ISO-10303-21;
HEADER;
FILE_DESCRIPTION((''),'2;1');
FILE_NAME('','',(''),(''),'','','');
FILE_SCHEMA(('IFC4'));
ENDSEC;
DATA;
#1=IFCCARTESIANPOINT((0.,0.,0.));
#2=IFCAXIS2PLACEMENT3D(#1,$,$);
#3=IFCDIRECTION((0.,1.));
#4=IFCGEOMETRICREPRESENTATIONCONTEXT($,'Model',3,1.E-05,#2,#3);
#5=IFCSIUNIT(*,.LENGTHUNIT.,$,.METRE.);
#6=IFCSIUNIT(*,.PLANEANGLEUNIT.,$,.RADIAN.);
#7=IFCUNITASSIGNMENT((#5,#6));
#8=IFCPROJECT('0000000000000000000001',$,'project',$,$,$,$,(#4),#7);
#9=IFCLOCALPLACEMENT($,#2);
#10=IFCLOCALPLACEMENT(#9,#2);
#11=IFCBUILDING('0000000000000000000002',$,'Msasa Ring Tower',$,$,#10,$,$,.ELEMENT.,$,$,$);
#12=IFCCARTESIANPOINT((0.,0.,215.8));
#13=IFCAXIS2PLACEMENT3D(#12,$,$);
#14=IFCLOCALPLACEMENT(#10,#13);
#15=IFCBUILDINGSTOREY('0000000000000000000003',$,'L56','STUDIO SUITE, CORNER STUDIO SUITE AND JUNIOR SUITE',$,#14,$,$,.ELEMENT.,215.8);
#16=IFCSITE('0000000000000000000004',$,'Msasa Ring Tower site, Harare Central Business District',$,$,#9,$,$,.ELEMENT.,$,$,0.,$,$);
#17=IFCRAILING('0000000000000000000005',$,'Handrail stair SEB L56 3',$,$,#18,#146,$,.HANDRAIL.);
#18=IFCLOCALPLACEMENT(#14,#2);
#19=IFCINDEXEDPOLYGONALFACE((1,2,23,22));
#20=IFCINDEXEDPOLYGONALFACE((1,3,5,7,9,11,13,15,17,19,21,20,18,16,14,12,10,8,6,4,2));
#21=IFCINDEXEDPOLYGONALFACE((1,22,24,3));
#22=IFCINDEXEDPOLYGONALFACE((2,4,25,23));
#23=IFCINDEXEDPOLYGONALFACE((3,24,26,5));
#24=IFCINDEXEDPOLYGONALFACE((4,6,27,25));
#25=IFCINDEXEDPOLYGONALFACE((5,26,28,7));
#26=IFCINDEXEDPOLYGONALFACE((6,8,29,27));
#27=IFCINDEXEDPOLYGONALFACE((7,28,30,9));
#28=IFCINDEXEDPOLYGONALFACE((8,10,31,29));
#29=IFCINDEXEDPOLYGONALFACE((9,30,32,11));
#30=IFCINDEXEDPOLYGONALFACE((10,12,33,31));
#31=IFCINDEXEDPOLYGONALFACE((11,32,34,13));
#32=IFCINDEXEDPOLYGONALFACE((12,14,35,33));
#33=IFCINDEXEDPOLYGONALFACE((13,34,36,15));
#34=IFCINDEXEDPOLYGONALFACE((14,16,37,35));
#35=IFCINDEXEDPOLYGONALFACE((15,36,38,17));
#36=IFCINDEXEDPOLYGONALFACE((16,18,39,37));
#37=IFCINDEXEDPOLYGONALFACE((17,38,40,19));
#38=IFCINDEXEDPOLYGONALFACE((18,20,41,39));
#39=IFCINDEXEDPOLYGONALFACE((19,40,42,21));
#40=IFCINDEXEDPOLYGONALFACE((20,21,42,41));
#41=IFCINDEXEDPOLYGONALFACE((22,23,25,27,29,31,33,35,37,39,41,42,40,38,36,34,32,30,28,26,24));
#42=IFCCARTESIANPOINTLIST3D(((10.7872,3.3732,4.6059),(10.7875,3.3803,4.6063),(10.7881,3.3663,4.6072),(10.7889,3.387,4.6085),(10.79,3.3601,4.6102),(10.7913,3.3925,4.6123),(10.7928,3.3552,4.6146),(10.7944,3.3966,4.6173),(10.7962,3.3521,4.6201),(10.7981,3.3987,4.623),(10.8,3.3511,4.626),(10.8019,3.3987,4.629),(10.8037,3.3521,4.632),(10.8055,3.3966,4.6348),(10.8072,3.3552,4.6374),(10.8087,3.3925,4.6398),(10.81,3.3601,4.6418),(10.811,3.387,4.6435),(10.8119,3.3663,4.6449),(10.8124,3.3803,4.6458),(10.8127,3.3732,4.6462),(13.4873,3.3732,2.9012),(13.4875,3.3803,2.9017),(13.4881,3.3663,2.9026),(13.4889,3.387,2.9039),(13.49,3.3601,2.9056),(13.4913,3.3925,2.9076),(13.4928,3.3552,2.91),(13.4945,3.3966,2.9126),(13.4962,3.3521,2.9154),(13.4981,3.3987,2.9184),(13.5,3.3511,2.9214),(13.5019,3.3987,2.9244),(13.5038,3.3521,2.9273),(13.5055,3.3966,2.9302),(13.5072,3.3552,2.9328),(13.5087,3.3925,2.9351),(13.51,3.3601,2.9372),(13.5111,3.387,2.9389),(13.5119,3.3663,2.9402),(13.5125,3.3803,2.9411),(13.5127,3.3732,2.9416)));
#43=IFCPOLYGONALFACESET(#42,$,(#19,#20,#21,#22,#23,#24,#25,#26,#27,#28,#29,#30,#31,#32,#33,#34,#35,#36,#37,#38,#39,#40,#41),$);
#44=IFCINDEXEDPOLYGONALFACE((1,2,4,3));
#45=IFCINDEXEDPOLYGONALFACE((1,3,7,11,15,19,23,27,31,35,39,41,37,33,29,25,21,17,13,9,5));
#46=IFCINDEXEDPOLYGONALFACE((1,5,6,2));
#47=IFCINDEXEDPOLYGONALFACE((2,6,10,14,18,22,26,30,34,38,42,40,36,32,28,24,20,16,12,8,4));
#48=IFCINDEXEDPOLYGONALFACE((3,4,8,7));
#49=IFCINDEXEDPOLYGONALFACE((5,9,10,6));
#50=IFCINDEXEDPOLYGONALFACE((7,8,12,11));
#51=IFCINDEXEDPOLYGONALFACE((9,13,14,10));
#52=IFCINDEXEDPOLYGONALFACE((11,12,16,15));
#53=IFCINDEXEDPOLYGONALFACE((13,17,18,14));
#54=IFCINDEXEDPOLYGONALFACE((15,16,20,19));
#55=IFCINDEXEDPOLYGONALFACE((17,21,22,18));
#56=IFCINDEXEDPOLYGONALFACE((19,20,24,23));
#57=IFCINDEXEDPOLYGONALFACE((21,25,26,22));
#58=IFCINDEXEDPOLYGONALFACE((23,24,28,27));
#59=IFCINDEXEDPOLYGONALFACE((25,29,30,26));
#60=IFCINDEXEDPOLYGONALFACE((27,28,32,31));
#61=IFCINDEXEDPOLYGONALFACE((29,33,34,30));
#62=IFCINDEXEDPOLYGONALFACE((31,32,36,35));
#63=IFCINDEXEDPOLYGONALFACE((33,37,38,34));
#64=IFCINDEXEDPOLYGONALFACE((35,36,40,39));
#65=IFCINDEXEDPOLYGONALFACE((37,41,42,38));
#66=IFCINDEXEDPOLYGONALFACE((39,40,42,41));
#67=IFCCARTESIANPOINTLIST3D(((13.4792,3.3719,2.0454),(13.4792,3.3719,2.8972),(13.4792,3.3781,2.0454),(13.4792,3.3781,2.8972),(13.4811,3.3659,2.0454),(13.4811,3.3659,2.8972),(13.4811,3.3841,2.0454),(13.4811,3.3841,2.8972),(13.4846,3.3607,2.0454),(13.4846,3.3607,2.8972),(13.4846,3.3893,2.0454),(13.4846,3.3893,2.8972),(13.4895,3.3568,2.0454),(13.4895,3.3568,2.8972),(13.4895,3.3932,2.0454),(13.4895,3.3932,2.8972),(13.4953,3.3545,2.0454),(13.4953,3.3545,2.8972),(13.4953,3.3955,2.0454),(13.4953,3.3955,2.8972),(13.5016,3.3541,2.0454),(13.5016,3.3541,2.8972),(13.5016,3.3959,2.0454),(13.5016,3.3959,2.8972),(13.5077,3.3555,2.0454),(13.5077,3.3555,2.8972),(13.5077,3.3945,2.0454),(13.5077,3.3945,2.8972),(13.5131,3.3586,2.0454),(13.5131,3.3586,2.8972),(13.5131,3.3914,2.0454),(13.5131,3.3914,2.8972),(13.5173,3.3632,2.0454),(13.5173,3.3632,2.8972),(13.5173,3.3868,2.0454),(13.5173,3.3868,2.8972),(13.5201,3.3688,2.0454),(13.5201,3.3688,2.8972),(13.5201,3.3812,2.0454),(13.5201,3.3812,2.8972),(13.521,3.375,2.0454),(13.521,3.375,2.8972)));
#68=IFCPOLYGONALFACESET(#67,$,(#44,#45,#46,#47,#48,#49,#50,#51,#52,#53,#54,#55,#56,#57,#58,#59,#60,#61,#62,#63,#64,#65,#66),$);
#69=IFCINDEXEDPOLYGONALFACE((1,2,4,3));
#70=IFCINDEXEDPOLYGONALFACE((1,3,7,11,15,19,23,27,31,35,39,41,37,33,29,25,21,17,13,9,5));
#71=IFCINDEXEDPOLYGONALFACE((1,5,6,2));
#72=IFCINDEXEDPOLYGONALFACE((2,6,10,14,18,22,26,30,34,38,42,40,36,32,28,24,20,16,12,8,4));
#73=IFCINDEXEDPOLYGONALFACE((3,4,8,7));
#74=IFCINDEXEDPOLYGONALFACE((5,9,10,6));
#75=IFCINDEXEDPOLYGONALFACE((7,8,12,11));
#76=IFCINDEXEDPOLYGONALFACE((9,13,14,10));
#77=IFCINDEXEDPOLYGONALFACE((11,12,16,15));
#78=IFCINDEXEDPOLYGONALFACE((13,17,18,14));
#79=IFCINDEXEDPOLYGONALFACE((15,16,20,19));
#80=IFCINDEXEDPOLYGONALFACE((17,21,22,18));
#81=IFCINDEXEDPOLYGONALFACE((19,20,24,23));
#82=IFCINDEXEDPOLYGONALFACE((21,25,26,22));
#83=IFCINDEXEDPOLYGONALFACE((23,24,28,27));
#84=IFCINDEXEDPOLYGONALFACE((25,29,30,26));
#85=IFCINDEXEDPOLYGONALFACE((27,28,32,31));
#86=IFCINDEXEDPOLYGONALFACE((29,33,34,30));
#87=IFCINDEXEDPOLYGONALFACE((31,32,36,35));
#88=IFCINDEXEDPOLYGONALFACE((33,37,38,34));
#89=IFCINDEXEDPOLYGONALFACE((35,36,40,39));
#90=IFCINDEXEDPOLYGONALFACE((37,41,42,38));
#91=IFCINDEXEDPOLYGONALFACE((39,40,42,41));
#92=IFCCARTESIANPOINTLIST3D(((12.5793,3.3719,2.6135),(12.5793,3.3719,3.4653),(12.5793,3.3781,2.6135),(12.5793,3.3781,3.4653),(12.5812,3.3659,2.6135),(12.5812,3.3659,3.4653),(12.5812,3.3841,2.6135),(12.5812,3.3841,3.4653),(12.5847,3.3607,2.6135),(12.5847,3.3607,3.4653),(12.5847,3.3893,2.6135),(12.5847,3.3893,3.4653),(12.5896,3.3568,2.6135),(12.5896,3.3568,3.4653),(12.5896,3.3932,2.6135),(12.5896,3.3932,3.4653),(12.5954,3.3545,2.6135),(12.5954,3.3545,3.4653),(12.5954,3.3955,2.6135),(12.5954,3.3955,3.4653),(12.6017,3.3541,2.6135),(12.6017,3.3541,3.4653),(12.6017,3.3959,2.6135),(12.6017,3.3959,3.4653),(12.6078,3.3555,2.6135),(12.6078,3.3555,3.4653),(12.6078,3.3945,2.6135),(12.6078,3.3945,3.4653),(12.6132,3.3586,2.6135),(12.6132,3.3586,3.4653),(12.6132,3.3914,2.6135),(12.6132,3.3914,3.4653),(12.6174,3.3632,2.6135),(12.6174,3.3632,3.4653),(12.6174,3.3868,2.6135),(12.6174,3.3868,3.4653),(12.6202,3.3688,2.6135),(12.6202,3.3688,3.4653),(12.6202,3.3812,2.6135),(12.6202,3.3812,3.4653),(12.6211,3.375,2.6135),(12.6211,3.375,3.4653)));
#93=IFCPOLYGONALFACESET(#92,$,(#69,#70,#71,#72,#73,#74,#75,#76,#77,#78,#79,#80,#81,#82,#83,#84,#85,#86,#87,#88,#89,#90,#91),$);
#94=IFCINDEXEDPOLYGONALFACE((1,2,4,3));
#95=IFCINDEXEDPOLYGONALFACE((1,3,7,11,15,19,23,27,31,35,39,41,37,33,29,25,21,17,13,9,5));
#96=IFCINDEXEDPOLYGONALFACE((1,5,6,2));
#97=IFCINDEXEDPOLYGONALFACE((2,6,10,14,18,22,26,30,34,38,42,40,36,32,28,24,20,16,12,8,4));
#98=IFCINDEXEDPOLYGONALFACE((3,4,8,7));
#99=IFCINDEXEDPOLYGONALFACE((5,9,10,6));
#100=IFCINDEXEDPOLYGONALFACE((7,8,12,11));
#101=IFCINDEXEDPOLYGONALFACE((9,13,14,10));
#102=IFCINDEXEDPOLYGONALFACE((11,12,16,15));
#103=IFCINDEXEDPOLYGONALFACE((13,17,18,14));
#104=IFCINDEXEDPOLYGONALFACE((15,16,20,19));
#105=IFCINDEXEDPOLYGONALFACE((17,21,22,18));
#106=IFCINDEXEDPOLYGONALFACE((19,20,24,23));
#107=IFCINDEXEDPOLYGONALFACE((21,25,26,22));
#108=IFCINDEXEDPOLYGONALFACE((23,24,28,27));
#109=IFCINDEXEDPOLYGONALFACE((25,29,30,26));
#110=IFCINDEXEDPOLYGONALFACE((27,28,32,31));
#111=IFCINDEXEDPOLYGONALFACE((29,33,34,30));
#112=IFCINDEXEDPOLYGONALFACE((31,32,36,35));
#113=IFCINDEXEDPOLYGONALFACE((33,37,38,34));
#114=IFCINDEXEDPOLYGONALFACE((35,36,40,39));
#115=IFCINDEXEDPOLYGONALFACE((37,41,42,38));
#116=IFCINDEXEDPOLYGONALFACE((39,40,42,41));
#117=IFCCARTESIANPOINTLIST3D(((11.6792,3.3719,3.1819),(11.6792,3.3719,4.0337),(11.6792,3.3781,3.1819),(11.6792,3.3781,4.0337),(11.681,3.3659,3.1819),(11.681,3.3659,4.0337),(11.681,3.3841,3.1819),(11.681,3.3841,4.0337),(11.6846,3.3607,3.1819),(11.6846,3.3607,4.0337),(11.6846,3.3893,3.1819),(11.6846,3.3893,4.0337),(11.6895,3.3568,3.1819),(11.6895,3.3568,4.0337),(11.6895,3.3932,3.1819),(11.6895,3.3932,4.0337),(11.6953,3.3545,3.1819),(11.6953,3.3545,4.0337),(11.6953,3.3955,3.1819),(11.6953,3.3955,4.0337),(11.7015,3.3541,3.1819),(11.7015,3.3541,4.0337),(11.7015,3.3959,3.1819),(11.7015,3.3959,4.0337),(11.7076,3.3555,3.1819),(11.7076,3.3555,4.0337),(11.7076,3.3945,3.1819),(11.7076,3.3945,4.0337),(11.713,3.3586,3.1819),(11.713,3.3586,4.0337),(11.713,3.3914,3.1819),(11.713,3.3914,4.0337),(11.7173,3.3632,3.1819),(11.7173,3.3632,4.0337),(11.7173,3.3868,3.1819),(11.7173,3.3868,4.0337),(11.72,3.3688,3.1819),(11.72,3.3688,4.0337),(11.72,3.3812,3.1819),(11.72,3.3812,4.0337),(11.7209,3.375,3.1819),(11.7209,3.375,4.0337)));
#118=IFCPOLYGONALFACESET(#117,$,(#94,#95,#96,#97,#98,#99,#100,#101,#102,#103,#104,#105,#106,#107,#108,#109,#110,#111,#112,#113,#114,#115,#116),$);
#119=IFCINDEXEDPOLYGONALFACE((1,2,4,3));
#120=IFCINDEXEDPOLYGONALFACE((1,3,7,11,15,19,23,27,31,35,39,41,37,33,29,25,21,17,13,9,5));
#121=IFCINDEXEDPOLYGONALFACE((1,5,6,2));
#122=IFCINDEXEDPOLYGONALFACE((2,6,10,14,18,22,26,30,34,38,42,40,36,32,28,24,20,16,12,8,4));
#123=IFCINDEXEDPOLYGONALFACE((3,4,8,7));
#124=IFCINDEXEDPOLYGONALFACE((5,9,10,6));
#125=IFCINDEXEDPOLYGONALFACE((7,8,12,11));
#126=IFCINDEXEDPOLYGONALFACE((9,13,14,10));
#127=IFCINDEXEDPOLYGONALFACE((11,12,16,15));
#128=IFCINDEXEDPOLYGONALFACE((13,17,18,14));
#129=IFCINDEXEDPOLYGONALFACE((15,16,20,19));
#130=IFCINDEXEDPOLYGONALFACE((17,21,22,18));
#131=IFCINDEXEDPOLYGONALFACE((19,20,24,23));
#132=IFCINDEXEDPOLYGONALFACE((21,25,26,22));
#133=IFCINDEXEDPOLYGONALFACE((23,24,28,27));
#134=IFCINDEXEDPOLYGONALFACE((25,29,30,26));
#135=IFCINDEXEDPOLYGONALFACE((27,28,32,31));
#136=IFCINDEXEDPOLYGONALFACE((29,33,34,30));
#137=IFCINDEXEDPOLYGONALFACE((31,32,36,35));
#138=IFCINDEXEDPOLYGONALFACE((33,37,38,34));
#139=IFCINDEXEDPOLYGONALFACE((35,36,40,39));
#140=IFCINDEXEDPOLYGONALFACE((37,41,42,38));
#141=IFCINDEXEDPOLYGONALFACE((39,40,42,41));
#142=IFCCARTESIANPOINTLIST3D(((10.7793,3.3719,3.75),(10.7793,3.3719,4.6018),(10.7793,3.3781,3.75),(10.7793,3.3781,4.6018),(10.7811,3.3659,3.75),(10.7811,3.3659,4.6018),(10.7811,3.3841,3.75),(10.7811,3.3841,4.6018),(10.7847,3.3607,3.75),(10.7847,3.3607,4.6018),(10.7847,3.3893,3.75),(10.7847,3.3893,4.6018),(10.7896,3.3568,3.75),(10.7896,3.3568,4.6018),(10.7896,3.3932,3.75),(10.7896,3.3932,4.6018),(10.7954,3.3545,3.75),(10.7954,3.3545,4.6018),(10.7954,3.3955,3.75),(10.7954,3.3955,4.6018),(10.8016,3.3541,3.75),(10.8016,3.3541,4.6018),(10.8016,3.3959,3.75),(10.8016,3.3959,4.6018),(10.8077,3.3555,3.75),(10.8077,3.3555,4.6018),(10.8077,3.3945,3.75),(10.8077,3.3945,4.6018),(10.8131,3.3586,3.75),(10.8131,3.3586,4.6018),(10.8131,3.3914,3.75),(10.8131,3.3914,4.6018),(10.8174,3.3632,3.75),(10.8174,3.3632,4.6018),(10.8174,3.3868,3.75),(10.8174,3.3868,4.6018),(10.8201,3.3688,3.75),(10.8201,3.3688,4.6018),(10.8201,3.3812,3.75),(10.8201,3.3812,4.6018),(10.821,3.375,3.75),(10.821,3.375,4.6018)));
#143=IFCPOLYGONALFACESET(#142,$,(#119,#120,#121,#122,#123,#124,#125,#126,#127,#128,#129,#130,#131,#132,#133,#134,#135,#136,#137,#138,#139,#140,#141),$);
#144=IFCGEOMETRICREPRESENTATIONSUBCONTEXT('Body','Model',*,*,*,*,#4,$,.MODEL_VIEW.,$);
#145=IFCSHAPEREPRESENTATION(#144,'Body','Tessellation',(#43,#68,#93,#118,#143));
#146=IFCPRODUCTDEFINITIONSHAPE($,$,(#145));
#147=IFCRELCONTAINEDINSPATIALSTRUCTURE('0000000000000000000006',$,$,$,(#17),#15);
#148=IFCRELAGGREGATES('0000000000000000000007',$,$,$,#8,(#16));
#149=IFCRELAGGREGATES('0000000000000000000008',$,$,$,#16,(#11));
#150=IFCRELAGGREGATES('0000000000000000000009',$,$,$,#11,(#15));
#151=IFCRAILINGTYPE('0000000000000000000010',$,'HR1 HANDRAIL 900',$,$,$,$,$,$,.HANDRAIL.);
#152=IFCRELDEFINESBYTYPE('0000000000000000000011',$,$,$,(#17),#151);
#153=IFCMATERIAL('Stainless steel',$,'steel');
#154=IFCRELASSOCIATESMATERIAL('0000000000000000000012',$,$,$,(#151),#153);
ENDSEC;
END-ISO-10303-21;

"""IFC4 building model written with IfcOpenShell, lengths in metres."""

from ifc_helpers import new_model, si_unit, direction, frame, origin, origin_2d, place, context, subcontext, project, spatial, circle, extrude, material, type_object, element, save


model = new_model("IFC4")

# Units and contexts
model_context = context("Model", 3, precision=1e-05, world=origin(), true_north=direction((0.0, 1.0)))
body_context = subcontext(model_context, "Body", "Model", "MODEL_VIEW")
ifc_project = project(units=[si_unit("LENGTHUNIT", "METRE"), si_unit("PLANEANGLEUNIT", "RADIAN")], contexts=[model_context])

# Site, building, storey
site_placement = place(None, origin())
site = spatial("IfcSite", under=ifc_project, at=site_placement, Name="Msasa Ring Tower site, Harare Central Business District", CompositionType="ELEMENT", RefElevation=0.0)
building_placement = place(site_placement, origin())
building = spatial("IfcBuilding", under=site, at=building_placement, Name="Msasa Ring Tower", CompositionType="ELEMENT")
storey_placement = place(building_placement, frame((0.0, 0.0, 215.8)))
storey = spatial("IfcBuildingStorey", under=building, at=storey_placement, Name="L56", Description="STUDIO SUITE, CORNER STUDIO SUITE AND JUNIOR SUITE", CompositionType="ELEMENT", Elevation=215.8)

# Railing
ifc_material_1 = material(Name="Stainless steel", Category="steel")
railing_type = type_object("IfcRailingType", Name="HR1 HANDRAIL 900", PredefinedType="HANDRAIL", material=ifc_material_1)
for number, where, name in (
    (1, (13.5, 3.375, 2.0454), "Handrail stair SEB L56 3"),
):
    element("IfcRailing", number, at=place(storey_placement, frame(where)), inside=storey, type_object=railing_type, Name=name, PredefinedType="HANDRAIL", context=body_context, shape_type="SweptSolid", body=[
        extrude(circle(Radius=0.0239, at=origin_2d()), frame((0.0, 0.0, 0.876), z_axis=(-0.84558, 0.0, 0.533849), x_axis=(0.0, -1.0, 0.0)), (0.0, 0.0, 1.0), 3.1931),
        extrude(circle(Radius=0.021, at=origin_2d()), origin(), (0.0, 0.0, 1.0), 0.8518),
        extrude(circle(Radius=0.021, at=origin_2d()), frame((-0.8999, 0.0, 0.5681)), (0.0, 0.0, 1.0), 0.8518),
        extrude(circle(Radius=0.021, at=origin_2d()), frame((-1.8, 0.0, 1.1365)), (0.0, 0.0, 1.0), 0.8518),
        extrude(circle(Radius=0.021, at=origin_2d()), frame((-2.7, 0.0, 1.7046)), (0.0, 0.0, 1.0), 0.8518),
    ])

save(model, "model.ifc")
